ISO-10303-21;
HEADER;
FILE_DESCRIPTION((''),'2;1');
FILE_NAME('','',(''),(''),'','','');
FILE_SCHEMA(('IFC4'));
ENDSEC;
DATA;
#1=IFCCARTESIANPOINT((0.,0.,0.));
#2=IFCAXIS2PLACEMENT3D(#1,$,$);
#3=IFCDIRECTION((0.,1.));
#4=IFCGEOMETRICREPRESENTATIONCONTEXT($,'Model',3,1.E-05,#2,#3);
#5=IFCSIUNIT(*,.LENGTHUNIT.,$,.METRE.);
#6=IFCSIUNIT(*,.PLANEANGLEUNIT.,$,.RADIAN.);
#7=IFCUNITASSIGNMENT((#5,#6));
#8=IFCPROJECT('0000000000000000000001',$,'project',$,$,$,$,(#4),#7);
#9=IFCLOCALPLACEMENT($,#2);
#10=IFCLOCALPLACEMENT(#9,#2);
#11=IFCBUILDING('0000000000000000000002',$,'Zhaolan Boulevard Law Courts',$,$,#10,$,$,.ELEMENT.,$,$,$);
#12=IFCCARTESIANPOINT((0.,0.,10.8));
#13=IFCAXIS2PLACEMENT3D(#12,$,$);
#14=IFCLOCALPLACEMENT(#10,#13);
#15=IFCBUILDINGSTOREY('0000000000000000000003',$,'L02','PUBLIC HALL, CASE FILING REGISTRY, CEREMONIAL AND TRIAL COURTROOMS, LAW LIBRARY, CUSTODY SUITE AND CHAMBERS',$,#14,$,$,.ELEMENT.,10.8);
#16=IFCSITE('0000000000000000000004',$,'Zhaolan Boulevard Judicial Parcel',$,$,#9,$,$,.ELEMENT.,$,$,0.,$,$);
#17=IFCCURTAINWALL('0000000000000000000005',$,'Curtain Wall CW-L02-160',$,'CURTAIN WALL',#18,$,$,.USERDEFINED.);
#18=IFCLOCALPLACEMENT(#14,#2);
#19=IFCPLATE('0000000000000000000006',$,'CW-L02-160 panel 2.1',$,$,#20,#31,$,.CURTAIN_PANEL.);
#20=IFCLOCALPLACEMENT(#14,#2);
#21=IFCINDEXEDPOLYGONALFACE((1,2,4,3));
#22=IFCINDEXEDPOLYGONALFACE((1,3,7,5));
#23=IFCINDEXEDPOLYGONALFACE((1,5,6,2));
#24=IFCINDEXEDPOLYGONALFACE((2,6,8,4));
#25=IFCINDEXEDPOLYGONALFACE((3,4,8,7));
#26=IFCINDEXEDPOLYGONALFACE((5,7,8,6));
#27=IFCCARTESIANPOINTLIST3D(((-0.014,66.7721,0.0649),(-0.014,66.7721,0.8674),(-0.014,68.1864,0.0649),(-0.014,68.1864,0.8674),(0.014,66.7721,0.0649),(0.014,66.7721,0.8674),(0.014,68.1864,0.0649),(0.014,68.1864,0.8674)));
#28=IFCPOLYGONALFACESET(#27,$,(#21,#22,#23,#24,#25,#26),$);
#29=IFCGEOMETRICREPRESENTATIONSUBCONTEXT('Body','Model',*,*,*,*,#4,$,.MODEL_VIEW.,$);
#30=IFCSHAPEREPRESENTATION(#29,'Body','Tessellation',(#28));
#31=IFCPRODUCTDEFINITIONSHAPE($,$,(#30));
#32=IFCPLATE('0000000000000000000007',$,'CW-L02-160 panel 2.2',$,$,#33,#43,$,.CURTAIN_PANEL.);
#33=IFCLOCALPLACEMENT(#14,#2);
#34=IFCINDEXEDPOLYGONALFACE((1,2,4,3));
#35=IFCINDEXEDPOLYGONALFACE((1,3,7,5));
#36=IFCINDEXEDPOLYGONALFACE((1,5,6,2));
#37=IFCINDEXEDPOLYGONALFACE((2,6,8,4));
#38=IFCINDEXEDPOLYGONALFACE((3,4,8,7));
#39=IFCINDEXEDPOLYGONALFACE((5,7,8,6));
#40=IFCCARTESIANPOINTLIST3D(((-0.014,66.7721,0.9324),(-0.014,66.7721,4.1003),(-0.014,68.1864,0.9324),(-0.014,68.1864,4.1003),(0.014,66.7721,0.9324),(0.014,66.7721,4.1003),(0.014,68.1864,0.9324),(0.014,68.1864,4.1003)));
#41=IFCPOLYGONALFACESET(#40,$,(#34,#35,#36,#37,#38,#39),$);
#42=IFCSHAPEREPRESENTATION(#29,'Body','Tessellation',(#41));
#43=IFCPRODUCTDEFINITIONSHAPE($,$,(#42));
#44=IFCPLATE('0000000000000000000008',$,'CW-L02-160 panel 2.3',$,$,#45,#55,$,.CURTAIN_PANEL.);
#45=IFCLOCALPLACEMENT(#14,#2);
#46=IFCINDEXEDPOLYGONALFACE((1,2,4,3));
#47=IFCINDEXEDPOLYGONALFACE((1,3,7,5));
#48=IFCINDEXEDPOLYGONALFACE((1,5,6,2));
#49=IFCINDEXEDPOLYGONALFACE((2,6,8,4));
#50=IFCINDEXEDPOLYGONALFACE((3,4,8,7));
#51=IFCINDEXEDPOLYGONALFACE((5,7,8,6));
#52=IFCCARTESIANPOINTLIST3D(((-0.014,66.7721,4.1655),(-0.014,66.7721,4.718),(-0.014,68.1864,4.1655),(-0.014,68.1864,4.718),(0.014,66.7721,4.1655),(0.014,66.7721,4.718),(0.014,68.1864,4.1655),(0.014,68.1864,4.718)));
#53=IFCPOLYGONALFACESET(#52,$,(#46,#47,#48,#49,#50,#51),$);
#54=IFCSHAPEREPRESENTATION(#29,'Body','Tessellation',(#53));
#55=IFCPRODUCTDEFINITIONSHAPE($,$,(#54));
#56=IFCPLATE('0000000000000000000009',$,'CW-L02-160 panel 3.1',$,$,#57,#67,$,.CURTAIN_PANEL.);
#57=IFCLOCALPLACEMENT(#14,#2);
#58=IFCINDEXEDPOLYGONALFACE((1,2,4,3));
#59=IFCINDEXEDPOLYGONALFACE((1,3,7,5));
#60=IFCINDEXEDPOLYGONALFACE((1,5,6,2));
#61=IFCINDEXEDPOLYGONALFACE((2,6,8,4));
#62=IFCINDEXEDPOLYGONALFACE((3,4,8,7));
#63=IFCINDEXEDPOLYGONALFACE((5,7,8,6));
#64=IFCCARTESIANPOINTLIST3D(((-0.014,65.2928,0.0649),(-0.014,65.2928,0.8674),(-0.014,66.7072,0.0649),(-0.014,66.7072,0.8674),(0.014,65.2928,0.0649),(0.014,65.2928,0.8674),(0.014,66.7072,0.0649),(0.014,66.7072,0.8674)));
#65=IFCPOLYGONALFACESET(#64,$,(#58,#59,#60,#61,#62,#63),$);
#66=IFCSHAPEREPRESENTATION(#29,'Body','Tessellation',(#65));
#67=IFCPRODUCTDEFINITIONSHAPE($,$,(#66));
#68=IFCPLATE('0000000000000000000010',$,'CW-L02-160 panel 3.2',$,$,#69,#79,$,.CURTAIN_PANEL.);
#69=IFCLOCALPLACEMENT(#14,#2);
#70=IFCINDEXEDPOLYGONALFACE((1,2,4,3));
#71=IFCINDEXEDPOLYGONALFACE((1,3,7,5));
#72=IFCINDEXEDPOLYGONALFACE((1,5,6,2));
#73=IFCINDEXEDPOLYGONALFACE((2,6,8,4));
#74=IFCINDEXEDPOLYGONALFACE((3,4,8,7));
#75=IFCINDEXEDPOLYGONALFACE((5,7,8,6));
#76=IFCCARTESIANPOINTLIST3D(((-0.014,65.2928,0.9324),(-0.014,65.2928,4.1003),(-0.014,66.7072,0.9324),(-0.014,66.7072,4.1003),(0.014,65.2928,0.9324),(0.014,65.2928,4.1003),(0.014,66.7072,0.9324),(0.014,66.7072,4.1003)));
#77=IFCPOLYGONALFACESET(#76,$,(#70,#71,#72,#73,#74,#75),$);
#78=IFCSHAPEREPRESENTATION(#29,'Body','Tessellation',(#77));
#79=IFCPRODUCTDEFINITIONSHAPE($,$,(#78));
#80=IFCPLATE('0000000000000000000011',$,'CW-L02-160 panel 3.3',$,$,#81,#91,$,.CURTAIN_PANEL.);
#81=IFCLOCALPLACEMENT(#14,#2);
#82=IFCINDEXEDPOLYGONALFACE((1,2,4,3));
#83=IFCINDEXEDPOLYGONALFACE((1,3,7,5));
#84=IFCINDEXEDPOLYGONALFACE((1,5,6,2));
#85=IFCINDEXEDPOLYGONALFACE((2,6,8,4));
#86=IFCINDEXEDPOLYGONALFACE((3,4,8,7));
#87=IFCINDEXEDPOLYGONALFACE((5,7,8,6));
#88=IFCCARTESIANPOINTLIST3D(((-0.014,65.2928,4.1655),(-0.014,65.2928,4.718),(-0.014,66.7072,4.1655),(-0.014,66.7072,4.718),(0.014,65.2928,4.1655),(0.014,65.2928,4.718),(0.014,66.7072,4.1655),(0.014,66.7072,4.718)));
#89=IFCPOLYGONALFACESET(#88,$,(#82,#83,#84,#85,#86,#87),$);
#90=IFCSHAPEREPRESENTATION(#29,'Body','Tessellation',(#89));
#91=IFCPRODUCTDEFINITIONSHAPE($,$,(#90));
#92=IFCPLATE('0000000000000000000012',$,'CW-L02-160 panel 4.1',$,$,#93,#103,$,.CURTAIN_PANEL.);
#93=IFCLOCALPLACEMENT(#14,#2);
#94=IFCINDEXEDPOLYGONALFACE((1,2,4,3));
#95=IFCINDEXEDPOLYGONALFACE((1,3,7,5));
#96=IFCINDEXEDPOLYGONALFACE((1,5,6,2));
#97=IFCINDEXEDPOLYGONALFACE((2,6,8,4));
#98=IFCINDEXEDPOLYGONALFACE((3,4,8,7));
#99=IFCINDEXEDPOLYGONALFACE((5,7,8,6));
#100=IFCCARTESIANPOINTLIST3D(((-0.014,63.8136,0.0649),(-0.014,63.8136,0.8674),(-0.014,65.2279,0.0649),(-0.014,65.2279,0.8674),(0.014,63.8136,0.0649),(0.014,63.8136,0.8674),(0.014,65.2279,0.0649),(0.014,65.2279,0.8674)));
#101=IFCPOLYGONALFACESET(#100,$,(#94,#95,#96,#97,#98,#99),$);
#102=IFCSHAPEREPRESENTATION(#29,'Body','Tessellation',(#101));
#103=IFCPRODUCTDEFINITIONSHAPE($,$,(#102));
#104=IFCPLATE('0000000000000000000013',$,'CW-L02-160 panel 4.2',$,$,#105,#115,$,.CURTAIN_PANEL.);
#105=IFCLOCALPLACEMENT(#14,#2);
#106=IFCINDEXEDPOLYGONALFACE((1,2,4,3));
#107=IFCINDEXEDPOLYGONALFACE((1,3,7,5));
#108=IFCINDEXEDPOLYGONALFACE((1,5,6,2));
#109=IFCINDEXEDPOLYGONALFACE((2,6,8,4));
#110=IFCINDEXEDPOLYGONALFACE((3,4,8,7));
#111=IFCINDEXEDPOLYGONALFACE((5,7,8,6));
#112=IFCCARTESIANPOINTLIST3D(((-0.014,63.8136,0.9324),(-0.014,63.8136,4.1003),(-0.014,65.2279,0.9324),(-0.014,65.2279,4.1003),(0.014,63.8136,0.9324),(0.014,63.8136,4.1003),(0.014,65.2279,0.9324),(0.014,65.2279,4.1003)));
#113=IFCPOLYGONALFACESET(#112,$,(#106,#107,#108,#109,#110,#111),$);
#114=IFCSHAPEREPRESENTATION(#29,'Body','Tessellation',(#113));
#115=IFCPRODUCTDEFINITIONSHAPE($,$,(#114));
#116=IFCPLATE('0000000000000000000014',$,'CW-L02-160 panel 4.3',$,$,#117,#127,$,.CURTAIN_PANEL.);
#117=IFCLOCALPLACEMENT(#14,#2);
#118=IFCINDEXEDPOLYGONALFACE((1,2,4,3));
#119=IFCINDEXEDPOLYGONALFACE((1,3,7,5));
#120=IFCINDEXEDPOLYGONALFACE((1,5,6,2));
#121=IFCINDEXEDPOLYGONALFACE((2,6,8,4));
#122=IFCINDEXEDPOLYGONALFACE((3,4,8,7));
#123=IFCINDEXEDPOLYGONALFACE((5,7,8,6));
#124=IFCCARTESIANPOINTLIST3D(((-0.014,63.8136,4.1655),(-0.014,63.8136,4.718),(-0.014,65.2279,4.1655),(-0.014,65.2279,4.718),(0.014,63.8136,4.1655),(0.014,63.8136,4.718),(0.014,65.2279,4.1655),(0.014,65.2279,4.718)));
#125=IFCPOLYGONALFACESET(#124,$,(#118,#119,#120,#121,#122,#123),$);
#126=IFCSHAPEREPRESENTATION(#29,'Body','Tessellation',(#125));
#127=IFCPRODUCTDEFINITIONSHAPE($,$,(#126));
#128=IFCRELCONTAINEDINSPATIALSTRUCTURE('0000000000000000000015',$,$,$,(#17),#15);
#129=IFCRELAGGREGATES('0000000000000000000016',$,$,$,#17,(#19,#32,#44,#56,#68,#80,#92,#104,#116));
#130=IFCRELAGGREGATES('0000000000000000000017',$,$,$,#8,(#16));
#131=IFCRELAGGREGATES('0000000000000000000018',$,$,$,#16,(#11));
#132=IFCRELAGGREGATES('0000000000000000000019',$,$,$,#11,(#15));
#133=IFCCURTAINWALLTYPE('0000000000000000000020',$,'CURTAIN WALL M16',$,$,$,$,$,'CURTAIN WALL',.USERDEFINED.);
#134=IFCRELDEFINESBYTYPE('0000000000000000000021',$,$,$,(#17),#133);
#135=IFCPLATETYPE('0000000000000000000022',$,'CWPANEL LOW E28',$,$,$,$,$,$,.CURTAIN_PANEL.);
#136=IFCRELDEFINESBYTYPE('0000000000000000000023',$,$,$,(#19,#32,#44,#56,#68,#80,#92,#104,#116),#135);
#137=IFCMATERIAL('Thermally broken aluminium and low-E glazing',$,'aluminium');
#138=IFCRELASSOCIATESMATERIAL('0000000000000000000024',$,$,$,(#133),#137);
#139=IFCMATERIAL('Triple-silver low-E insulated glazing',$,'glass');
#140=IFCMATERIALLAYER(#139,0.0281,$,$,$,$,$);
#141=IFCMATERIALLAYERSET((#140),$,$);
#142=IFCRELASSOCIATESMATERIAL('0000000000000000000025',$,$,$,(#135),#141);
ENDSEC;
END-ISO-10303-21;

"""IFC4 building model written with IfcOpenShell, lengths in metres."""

from ifc_helpers import new_model, si_unit, direction, frame, origin, origin_2d, place, context, subcontext, project, spatial, rectangle, extrude, material, layer, layer_set, type_object, element, aggregate, save


model = new_model("IFC4")

# Units and contexts
model_context = context("Model", 3, precision=1e-05, world=origin(), true_north=direction((0.0, 1.0)))
body_context = subcontext(model_context, "Body", "Model", "MODEL_VIEW")
ifc_project = project(units=[si_unit("LENGTHUNIT", "METRE"), si_unit("PLANEANGLEUNIT", "RADIAN")], contexts=[model_context])

# Site, building, storey
site_placement = place(None, origin())
site = spatial("IfcSite", under=ifc_project, at=site_placement, Name="Zhaolan Boulevard Judicial Parcel", CompositionType="ELEMENT", RefElevation=0.0)
building_placement = place(site_placement, origin())
building = spatial("IfcBuilding", under=site, at=building_placement, Name="Zhaolan Boulevard Law Courts", CompositionType="ELEMENT")
storey_placement = place(building_placement, frame((0.0, 0.0, 10.8)))
storey = spatial("IfcBuildingStorey", under=building, at=storey_placement, Name="L02", Description="PUBLIC HALL, CASE FILING REGISTRY, CEREMONIAL AND TRIAL COURTROOMS, LAW LIBRARY, CUSTODY SUITE AND CHAMBERS", CompositionType="ELEMENT", Elevation=10.8)

# Curtain wall, plates
ifc_material_1 = material(Name="Thermally broken aluminium and low-E glazing", Category="aluminium")
curtain_wall_type = type_object("IfcCurtainWallType", Name="CURTAIN WALL M16", ElementType="CURTAIN WALL", PredefinedType="USERDEFINED", material=ifc_material_1)
curtain_wall_placement = place(storey_placement, origin())
curtain_wall = element("IfcCurtainWall", 1, at=curtain_wall_placement, inside=storey, type_object=curtain_wall_type, Name="Curtain Wall CW-L02-160", ObjectType="CURTAIN WALL", PredefinedType="USERDEFINED")
ifc_material_2 = material(Name="Triple-silver low-E insulated glazing", Category="glass")
ifc_layer = layer(ifc_material_2, 0.0281)
ifc_layer_set = layer_set([ifc_layer])
plate_type = type_object("IfcPlateType", Name="CWPANEL LOW E28", PredefinedType="CURTAIN_PANEL", material=ifc_layer_set)
plate_1_placement = place(storey_placement, frame((0.0, 67.4792, 0.0649), z_axis=(0.0, 0.0, 1.0), x_axis=(0.0, -1.0, 0.0)))
plate_1 = element("IfcPlate", 2, at=plate_1_placement, type_object=plate_type, Name="CW-L02-160 panel 2.1", PredefinedType="CURTAIN_PANEL", context=body_context, shape_type="SweptSolid", body=[
    extrude(rectangle(XDim=1.4143, YDim=0.0281, at=origin_2d()), origin(), (0.0, 0.0, 1.0), 0.8025),
])
plate_2_placement = place(storey_placement, frame((0.0, 67.4792, 0.9324), z_axis=(0.0, 0.0, 1.0), x_axis=(0.0, -1.0, 0.0)))
plate_2 = element("IfcPlate", 3, at=plate_2_placement, type_object=plate_type, Name="CW-L02-160 panel 2.2", PredefinedType="CURTAIN_PANEL", context=body_context, shape_type="SweptSolid", body=[
    extrude(rectangle(XDim=1.4143, YDim=0.0281, at=origin_2d()), origin(), (0.0, 0.0, 1.0), 3.168),
])
plate_3_placement = place(storey_placement, frame((0.0, 67.4792, 4.1655), z_axis=(0.0, 0.0, 1.0), x_axis=(0.0, -1.0, 0.0)))
plate_3 = element("IfcPlate", 4, at=plate_3_placement, type_object=plate_type, Name="CW-L02-160 panel 2.3", PredefinedType="CURTAIN_PANEL", context=body_context, shape_type="SweptSolid", body=[
    extrude(rectangle(XDim=1.4143, YDim=0.0281, at=origin_2d()), origin(), (0.0, 0.0, 1.0), 0.5525),
])
plate_4_placement = place(storey_placement, frame((0.0, 66.0, 0.0649), z_axis=(0.0, 0.0, 1.0), x_axis=(0.0, -1.0, 0.0)))
plate_4 = element("IfcPlate", 5, at=plate_4_placement, type_object=plate_type, Name="CW-L02-160 panel 3.1", PredefinedType="CURTAIN_PANEL", context=body_context, shape_type="SweptSolid", body=[
    extrude(rectangle(XDim=1.4143, YDim=0.0281, at=origin_2d()), origin(), (0.0, 0.0, 1.0), 0.8025),
])
plate_5_placement = place(storey_placement, frame((0.0, 66.0, 0.9324), z_axis=(0.0, 0.0, 1.0), x_axis=(0.0, -1.0, 0.0)))
plate_5 = element("IfcPlate", 6, at=plate_5_placement, type_object=plate_type, Name="CW-L02-160 panel 3.2", PredefinedType="CURTAIN_PANEL", context=body_context, shape_type="SweptSolid", body=[
    extrude(rectangle(XDim=1.4143, YDim=0.0281, at=origin_2d()), origin(), (0.0, 0.0, 1.0), 3.168),
])
plate_6_placement = place(storey_placement, frame((0.0, 66.0, 4.1655), z_axis=(0.0, 0.0, 1.0), x_axis=(0.0, -1.0, 0.0)))
plate_6 = element("IfcPlate", 7, at=plate_6_placement, type_object=plate_type, Name="CW-L02-160 panel 3.3", PredefinedType="CURTAIN_PANEL", context=body_context, shape_type="SweptSolid", body=[
    extrude(rectangle(XDim=1.4143, YDim=0.0281, at=origin_2d()), origin(), (0.0, 0.0, 1.0), 0.5525),
])
plate_7_placement = place(storey_placement, frame((0.0, 64.5208, 0.0649), z_axis=(0.0, 0.0, 1.0), x_axis=(0.0, -1.0, 0.0)))
plate_7 = element("IfcPlate", 8, at=plate_7_placement, type_object=plate_type, Name="CW-L02-160 panel 4.1", PredefinedType="CURTAIN_PANEL", context=body_context, shape_type="SweptSolid", body=[
    extrude(rectangle(XDim=1.4143, YDim=0.0281, at=origin_2d()), origin(), (0.0, 0.0, 1.0), 0.8025),
])
plate_8_placement = place(storey_placement, frame((0.0, 64.5208, 0.9324), z_axis=(0.0, 0.0, 1.0), x_axis=(0.0, -1.0, 0.0)))
plate_8 = element("IfcPlate", 9, at=plate_8_placement, type_object=plate_type, Name="CW-L02-160 panel 4.2", PredefinedType="CURTAIN_PANEL", context=body_context, shape_type="SweptSolid", body=[
    extrude(rectangle(XDim=1.4143, YDim=0.0281, at=origin_2d()), origin(), (0.0, 0.0, 1.0), 3.168),
])
plate_9_placement = place(storey_placement, frame((0.0, 64.5208, 4.1655), z_axis=(0.0, 0.0, 1.0), x_axis=(0.0, -1.0, 0.0)))
plate_9 = element("IfcPlate", 10, at=plate_9_placement, type_object=plate_type, Name="CW-L02-160 panel 4.3", PredefinedType="CURTAIN_PANEL", context=body_context, shape_type="SweptSolid", body=[
    extrude(rectangle(XDim=1.4143, YDim=0.0281, at=origin_2d()), origin(), (0.0, 0.0, 1.0), 0.5525),
])
aggregate(curtain_wall, [plate_1, plate_2, plate_3, plate_4, plate_5, plate_6, plate_7, plate_8, plate_9])

save(model, "model.ifc")
